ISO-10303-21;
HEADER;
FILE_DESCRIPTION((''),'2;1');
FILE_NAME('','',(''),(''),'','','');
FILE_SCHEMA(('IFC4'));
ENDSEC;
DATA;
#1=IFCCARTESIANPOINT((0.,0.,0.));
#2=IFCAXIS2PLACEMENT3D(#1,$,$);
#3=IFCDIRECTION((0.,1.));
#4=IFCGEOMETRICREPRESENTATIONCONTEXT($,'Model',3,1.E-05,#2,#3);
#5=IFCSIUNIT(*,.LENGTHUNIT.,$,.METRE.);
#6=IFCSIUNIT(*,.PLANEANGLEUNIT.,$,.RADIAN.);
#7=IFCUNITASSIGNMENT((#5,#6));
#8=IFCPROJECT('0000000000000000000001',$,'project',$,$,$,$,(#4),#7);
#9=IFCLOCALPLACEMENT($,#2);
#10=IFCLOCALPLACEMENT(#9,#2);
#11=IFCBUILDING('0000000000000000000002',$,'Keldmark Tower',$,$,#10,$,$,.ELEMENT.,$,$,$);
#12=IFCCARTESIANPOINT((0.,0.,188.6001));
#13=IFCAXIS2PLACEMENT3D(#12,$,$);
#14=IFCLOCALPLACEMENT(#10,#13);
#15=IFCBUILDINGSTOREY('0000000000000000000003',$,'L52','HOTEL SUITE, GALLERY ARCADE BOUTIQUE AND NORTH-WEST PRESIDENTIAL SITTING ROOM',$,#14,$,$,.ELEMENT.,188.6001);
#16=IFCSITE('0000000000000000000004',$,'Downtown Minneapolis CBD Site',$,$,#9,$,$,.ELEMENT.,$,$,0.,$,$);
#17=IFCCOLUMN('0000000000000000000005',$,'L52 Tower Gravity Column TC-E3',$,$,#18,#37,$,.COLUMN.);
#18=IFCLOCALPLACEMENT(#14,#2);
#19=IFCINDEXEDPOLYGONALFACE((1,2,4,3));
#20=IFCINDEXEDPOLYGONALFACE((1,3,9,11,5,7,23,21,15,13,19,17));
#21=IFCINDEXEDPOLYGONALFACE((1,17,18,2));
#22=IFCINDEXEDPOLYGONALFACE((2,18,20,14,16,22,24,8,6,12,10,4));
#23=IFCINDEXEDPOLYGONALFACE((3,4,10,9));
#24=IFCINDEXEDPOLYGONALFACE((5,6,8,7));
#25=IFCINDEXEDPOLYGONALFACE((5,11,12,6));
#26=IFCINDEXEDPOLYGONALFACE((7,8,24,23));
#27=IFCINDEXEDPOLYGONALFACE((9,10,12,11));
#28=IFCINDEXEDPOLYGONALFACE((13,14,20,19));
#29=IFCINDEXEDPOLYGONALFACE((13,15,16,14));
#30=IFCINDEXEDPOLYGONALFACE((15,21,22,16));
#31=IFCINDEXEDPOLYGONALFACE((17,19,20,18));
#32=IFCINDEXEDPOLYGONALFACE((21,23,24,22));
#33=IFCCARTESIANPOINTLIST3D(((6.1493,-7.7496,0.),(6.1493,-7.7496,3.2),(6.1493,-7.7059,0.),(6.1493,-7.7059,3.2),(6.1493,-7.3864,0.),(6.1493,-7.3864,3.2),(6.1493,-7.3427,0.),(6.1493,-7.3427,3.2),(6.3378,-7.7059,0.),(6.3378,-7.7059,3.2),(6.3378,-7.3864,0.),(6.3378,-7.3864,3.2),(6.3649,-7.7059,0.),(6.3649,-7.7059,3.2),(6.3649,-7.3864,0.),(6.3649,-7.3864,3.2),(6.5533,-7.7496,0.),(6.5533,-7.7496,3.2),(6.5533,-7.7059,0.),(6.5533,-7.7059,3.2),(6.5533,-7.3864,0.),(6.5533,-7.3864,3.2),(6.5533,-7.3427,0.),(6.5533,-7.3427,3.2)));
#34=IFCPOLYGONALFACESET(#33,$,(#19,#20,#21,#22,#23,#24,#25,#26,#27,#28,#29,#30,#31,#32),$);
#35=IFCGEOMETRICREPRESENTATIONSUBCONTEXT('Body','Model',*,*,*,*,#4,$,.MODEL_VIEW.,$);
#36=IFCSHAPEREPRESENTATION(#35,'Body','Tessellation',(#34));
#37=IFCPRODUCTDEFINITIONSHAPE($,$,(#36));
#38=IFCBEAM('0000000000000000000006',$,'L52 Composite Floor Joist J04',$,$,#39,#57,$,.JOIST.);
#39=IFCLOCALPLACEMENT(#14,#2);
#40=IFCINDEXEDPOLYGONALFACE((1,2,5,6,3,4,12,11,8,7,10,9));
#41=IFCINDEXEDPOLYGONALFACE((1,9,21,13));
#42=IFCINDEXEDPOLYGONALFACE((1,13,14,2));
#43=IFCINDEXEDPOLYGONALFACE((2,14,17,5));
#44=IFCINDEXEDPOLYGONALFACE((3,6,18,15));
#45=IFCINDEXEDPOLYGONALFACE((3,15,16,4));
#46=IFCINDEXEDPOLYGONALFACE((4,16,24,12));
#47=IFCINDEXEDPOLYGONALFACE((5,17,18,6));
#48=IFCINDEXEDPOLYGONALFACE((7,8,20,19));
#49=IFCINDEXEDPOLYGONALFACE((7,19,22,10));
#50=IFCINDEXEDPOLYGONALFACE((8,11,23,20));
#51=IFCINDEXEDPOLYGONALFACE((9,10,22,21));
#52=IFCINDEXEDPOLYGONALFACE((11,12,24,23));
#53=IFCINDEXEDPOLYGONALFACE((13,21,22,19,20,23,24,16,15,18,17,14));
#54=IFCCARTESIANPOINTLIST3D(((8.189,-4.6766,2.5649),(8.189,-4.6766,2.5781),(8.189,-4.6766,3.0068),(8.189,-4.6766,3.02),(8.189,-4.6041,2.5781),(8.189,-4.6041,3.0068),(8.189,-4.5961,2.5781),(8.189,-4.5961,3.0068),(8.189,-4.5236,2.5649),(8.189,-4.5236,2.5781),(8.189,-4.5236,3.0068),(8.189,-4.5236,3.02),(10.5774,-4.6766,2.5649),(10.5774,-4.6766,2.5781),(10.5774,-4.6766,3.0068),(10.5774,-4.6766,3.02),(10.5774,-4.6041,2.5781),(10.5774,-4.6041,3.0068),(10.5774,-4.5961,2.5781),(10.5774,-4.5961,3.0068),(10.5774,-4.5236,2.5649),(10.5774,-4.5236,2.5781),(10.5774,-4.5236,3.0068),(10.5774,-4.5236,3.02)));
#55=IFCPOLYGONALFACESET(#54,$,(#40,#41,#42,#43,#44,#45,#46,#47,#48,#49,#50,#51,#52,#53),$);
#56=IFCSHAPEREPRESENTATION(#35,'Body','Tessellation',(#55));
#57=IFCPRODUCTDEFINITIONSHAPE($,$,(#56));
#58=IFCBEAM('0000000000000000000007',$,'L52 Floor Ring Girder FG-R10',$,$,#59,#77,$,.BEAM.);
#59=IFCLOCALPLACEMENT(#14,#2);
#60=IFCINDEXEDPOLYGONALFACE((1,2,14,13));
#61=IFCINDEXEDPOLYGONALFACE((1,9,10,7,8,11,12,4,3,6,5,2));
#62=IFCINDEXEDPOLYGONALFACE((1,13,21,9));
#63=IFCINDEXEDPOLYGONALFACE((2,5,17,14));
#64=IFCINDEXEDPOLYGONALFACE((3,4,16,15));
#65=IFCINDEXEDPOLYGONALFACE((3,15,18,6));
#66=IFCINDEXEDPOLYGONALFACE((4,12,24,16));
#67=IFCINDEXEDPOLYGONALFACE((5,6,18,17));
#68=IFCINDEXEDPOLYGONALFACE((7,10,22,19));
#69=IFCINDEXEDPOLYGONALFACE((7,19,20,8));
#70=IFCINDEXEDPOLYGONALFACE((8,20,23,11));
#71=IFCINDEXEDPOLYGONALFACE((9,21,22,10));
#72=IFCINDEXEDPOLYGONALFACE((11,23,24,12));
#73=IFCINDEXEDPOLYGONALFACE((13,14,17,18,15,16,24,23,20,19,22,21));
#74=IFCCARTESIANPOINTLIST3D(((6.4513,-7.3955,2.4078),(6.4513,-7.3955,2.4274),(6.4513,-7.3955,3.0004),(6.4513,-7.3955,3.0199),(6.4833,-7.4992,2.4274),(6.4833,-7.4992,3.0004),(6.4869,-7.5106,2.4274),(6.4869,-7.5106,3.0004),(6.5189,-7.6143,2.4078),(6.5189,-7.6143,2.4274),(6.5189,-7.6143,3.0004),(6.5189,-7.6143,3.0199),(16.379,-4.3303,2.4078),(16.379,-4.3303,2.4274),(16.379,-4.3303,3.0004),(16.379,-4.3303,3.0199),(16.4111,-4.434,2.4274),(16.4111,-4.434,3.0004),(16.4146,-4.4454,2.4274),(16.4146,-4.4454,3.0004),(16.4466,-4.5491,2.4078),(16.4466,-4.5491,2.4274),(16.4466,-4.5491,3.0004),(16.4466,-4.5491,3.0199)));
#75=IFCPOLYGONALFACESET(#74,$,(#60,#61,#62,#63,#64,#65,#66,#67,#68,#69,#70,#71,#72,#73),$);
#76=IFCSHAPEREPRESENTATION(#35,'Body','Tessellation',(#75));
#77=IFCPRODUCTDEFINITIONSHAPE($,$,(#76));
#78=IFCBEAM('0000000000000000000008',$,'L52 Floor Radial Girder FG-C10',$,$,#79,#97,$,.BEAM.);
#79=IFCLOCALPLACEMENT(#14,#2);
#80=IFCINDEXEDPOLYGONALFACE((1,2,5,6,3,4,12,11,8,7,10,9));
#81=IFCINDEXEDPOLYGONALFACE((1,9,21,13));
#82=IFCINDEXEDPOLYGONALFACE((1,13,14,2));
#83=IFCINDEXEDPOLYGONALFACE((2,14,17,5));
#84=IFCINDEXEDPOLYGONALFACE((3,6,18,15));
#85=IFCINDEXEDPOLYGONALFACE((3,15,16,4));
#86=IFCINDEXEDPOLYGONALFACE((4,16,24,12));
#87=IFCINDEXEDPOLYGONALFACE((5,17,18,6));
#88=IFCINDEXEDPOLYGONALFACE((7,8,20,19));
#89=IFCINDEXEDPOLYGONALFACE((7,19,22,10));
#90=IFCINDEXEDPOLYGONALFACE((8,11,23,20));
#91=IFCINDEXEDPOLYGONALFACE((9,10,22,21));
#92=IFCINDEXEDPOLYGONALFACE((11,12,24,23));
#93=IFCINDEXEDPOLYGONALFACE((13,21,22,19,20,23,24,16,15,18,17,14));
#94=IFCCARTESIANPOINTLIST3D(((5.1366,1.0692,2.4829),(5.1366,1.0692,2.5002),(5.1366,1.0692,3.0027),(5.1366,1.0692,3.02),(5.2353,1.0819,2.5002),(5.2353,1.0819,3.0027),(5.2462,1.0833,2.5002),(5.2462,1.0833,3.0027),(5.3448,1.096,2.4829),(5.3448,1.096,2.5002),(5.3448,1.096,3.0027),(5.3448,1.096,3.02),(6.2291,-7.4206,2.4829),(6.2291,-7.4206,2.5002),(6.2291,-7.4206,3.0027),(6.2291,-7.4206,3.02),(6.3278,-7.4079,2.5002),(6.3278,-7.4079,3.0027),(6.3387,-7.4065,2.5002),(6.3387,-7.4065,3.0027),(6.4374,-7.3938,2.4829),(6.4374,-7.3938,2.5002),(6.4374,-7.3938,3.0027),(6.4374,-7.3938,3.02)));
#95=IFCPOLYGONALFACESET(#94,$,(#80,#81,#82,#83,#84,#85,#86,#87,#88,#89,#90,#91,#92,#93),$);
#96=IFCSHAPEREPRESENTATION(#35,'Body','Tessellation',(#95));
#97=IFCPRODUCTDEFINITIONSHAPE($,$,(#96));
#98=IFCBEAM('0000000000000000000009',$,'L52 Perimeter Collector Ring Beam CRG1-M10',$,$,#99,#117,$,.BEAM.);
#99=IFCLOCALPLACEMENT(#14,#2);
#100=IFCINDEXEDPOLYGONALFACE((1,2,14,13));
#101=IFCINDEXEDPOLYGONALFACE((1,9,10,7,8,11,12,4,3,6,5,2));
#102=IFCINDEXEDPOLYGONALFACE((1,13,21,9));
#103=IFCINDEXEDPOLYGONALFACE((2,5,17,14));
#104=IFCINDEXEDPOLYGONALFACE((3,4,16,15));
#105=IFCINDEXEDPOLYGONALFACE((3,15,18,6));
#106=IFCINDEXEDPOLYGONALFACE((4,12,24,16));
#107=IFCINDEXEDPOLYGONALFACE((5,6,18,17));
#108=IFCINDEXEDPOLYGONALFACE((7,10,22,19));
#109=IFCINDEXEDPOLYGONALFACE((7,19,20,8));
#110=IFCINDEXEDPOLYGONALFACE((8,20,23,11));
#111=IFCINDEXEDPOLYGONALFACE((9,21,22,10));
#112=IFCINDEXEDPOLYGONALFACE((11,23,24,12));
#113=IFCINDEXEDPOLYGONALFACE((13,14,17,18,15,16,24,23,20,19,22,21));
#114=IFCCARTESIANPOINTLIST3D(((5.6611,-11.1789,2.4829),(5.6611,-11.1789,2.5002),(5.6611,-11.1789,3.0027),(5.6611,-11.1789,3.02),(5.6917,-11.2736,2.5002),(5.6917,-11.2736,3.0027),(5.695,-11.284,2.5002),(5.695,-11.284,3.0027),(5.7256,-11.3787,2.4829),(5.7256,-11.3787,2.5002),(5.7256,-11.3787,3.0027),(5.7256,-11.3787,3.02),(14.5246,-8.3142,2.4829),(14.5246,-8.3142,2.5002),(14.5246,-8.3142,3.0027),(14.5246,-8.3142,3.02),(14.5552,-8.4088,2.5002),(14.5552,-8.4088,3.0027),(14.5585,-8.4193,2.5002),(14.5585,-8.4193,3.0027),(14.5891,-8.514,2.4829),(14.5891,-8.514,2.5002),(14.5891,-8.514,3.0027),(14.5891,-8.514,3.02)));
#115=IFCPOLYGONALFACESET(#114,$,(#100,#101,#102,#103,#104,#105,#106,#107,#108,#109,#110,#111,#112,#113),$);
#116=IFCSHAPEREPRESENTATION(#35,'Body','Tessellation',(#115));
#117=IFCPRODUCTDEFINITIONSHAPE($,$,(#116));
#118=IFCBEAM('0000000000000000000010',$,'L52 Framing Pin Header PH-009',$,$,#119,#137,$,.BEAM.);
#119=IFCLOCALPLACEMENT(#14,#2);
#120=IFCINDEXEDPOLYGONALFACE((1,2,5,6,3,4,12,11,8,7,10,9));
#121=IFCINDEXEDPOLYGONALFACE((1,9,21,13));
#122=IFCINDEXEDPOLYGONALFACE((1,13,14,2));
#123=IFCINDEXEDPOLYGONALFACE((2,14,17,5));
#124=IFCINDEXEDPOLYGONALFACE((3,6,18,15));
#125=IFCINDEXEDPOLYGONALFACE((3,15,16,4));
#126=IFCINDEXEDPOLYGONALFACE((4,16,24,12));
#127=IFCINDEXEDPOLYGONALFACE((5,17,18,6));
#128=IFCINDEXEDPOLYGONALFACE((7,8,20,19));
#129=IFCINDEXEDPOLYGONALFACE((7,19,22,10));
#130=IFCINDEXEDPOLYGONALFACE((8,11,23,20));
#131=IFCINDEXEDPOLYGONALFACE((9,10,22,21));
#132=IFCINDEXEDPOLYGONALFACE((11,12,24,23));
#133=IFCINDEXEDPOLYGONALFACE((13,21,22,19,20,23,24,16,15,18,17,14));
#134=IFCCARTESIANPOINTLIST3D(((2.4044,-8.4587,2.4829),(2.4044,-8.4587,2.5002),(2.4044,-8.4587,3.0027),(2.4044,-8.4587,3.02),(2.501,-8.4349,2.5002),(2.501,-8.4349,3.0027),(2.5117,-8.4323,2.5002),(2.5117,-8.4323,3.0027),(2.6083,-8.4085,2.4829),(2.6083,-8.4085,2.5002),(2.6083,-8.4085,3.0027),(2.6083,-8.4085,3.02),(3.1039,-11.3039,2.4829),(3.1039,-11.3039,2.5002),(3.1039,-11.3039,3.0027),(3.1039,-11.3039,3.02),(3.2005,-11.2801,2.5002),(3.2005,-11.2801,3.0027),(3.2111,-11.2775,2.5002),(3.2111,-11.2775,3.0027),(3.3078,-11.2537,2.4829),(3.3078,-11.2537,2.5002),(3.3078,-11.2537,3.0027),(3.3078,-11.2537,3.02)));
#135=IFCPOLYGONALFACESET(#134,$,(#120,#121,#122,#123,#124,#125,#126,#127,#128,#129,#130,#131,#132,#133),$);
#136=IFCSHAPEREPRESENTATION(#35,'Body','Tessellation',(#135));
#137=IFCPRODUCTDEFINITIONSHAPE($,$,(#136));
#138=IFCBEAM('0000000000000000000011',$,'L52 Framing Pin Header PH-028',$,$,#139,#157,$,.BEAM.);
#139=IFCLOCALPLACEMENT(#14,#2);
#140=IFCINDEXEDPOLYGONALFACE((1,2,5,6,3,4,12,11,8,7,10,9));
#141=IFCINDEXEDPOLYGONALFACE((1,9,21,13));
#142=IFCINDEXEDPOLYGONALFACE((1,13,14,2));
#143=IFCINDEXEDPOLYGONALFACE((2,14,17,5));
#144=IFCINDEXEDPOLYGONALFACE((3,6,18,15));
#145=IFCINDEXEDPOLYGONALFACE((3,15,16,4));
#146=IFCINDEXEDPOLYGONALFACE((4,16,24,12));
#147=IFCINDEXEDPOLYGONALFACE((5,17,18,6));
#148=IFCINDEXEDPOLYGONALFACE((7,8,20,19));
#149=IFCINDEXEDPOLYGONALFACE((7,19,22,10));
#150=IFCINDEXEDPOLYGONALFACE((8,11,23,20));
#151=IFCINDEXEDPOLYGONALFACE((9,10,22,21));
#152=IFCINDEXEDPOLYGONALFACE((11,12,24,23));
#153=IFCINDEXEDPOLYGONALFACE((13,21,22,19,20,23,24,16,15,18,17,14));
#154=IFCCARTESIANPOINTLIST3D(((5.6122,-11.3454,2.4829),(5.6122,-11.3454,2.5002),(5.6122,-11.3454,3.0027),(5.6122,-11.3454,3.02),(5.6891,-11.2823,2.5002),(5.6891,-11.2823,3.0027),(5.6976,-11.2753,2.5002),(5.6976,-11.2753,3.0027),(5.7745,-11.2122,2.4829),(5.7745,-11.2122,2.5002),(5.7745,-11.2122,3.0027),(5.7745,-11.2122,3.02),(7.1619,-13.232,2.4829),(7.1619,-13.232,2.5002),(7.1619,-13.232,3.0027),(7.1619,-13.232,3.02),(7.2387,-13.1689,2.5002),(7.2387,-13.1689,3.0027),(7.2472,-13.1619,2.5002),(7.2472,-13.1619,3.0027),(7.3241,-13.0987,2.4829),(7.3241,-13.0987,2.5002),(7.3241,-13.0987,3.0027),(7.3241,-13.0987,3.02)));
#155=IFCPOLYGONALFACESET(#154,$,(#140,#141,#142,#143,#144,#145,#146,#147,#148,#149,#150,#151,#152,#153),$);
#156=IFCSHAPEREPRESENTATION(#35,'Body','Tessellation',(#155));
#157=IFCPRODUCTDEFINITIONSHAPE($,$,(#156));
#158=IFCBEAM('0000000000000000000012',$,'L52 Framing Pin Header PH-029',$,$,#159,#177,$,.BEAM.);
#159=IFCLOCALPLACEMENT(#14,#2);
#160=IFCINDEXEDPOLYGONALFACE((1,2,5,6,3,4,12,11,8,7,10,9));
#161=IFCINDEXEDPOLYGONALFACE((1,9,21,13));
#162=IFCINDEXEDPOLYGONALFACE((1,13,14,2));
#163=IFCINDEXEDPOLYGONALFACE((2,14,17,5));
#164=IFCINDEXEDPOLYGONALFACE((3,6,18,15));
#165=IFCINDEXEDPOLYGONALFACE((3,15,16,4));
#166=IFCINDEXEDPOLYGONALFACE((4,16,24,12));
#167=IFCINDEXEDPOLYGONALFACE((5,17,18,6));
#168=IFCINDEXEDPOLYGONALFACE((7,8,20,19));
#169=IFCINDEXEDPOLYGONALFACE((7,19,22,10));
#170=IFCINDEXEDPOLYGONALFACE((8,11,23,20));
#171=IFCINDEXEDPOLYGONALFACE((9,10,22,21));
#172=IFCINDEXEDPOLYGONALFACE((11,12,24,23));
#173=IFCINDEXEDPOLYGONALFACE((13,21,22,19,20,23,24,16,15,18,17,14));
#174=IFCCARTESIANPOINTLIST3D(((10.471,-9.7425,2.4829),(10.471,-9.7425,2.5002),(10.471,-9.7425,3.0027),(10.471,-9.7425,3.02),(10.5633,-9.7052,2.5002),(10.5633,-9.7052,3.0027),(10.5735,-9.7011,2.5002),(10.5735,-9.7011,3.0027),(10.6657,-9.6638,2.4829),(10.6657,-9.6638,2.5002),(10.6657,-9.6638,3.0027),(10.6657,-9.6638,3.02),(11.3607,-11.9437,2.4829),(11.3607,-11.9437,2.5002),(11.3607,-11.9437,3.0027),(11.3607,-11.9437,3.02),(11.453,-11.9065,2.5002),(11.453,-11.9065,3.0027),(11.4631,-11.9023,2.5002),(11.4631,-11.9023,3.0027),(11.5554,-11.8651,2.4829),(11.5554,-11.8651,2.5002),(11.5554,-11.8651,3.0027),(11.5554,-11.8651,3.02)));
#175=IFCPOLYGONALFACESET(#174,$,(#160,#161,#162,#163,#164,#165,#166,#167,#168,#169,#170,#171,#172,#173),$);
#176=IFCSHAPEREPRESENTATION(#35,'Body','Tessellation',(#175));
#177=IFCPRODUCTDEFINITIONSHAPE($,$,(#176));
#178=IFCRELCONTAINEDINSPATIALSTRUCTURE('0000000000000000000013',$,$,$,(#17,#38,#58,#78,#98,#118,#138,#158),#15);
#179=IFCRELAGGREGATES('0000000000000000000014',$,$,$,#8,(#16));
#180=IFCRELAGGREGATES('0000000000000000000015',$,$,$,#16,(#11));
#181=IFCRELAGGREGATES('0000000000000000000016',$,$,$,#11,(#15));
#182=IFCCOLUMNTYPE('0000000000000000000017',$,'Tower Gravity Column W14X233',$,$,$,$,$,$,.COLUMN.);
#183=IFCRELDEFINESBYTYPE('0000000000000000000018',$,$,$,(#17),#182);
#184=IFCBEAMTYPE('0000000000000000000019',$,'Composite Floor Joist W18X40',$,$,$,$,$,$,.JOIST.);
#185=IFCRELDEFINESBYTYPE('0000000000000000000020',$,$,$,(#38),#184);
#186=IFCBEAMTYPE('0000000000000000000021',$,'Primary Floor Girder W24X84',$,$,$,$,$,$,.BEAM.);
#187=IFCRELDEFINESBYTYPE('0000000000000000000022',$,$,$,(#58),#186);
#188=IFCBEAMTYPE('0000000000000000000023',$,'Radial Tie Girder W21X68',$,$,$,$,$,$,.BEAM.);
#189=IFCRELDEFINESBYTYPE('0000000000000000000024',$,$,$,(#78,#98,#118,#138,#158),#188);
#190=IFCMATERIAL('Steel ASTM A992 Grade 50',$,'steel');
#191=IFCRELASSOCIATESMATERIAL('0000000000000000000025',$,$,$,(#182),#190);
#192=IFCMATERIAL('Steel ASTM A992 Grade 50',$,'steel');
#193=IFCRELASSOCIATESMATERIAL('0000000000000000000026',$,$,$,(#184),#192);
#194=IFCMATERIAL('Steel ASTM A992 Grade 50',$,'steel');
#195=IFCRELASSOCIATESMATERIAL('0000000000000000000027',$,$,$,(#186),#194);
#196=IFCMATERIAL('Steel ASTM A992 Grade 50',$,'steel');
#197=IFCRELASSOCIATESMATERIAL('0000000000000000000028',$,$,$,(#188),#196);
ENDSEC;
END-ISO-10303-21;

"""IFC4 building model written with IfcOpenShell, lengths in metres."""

from ifc_helpers import new_model, si_unit, direction, frame, origin, origin_2d, place, context, subcontext, project, spatial, i_section, extrude, material, material_profile, profile_set, type_object, element, save


model = new_model("IFC4")

# Units and contexts
model_context = context("Model", 3, precision=1e-05, world=origin(), true_north=direction((0.0, 1.0)))
body_context = subcontext(model_context, "Body", "Model", "MODEL_VIEW")
ifc_project = project(units=[si_unit("LENGTHUNIT", "METRE"), si_unit("PLANEANGLEUNIT", "RADIAN")], contexts=[model_context])

# Site, building, storey
site_placement = place(None, origin())
site = spatial("IfcSite", under=ifc_project, at=site_placement, Name="Downtown Minneapolis CBD Site", CompositionType="ELEMENT", RefElevation=0.0)
building_placement = place(site_placement, origin())
building = spatial("IfcBuilding", under=site, at=building_placement, Name="Keldmark Tower", CompositionType="ELEMENT")
storey_placement = place(building_placement, frame((0.0, 0.0, 188.6001)))
storey = spatial("IfcBuildingStorey", under=building, at=storey_placement, Name="L52", Description="HOTEL SUITE, GALLERY ARCADE BOUTIQUE AND NORTH-WEST PRESIDENTIAL SITTING ROOM", CompositionType="ELEMENT", Elevation=188.6001)

# Column
ifc_material_1 = material(Name="Steel ASTM A992 Grade 50", Category="steel")
ifc_material_profile_1 = material_profile(ifc_material_1, i_section(OverallWidth=0.4041, OverallDepth=0.407, WebThickness=0.0271, FlangeThickness=0.0437, at=origin_2d()), Name="W14X233")
ifc_profile_set_1 = profile_set([ifc_material_profile_1], Name="Steel ASTM A992 Grade 50")
column_type = type_object("IfcColumnType", Name="Tower Gravity Column W14X233", PredefinedType="COLUMN", material=ifc_profile_set_1)
column_placement = place(storey_placement, frame((6.3513, -7.5461, 0.0), z_axis=(0.0, 0.0, 1.0), x_axis=(1.0, 0.0, 0.0)))
element("IfcColumn", 1, at=column_placement, inside=storey, type_object=column_type, Name="L52 Tower Gravity Column TC-E3", PredefinedType="COLUMN", context=body_context, shape_type="SweptSolid", body=[
    extrude(i_section(OverallWidth=0.4041, OverallDepth=0.407, WebThickness=0.0271, FlangeThickness=0.0437, at=origin_2d()), origin(), (0.0, 0.0, 1.0), 3.2),
])

# Beams
ifc_material_2 = material(Name="Steel ASTM A992 Grade 50", Category="steel")
ifc_material_profile_2 = material_profile(ifc_material_2, i_section(OverallWidth=0.1531, OverallDepth=0.4551, WebThickness=0.0081, FlangeThickness=0.0132, at=origin_2d()), Name="W18X40")
ifc_profile_set_2 = profile_set([ifc_material_profile_2], Name="Steel ASTM A992 Grade 50")
beam_type_1 = type_object("IfcBeamType", Name="Composite Floor Joist W18X40", PredefinedType="JOIST", material=ifc_profile_set_2)
beam_1_placement = place(storey_placement, frame((8.189, -4.6001, 2.7925), z_axis=(1.0, 0.0, 0.0), x_axis=(0.0, 1.0, 0.0)))
element("IfcBeam", 2, at=beam_1_placement, inside=storey, type_object=beam_type_1, Name="L52 Composite Floor Joist J04", PredefinedType="JOIST", context=body_context, shape_type="SweptSolid", body=[
    extrude(i_section(OverallWidth=0.1531, OverallDepth=0.4551, WebThickness=0.0081, FlangeThickness=0.0132, at=origin_2d()), origin(), (0.0, 0.0, 1.0), 2.3884),
])
ifc_material_3 = material(Name="Steel ASTM A992 Grade 50", Category="steel")
ifc_material_profile_3 = material_profile(ifc_material_3, i_section(OverallWidth=0.229, OverallDepth=0.6121, WebThickness=0.012, FlangeThickness=0.0195, at=origin_2d()), Name="W24X84")
ifc_profile_set_3 = profile_set([ifc_material_profile_3], Name="Steel ASTM A992 Grade 50")
beam_type_2 = type_object("IfcBeamType", Name="Primary Floor Girder W24X84", PredefinedType="BEAM", material=ifc_profile_set_3)
beam_2_placement = place(storey_placement, frame((6.4851, -7.5049, 2.7139), z_axis=(0.955495, 0.295009, 0.0), x_axis=(-0.295009, 0.955495, 0.0)))
element("IfcBeam", 3, at=beam_2_placement, inside=storey, type_object=beam_type_2, Name="L52 Floor Ring Girder FG-R10", PredefinedType="BEAM", context=body_context, shape_type="SweptSolid", body=[
    extrude(i_section(OverallWidth=0.229, OverallDepth=0.6121, WebThickness=0.012, FlangeThickness=0.0195, at=origin_2d()), origin(), (0.0, 0.0, 1.0), 10.3901),
])
ifc_material_4 = material(Name="Steel ASTM A992 Grade 50", Category="steel")
ifc_material_profile_4 = material_profile(ifc_material_4, i_section(OverallWidth=0.21, OverallDepth=0.5371, WebThickness=0.011, FlangeThickness=0.0173, at=origin_2d()), Name="W21X68")
ifc_profile_set_4 = profile_set([ifc_material_profile_4], Name="Steel ASTM A992 Grade 50")
beam_type_3 = type_object("IfcBeamType", Name="Radial Tie Girder W21X68", PredefinedType="BEAM", material=ifc_profile_set_4)
beam_3_placement = place(storey_placement, frame((6.3333, -7.4072, 2.7515), z_axis=(-0.127636, 0.991821, 0.0), x_axis=(-0.991821, -0.127636, 0.0)))
element("IfcBeam", 4, at=beam_3_placement, inside=storey, type_object=beam_type_3, Name="L52 Floor Radial Girder FG-C10", PredefinedType="BEAM", context=body_context, shape_type="SweptSolid", body=[
    extrude(i_section(OverallWidth=0.21, OverallDepth=0.5371, WebThickness=0.011, FlangeThickness=0.0173, at=origin_2d()), origin(), (0.0, 0.0, 1.0), 8.5598),
])
beam_4_placement = place(storey_placement, frame((5.6934, -11.2788, 2.7515), z_axis=(0.951535, 0.307542, 0.0), x_axis=(-0.307542, 0.951535, 0.0)))
element("IfcBeam", 5, at=beam_4_placement, inside=storey, type_object=beam_type_3, Name="L52 Perimeter Collector Ring Beam CRG1-M10", PredefinedType="BEAM", context=body_context, shape_type="SweptSolid", body=[
    extrude(i_section(OverallWidth=0.21, OverallDepth=0.5371, WebThickness=0.011, FlangeThickness=0.0173, at=origin_2d()), origin(), (0.0, 0.0, 1.0), 9.3149),
])
beam_5_placement = place(storey_placement, frame((2.5063, -8.4336, 2.7515), z_axis=(0.23873, -0.971086, 0.0), x_axis=(0.971086, 0.23873, 0.0)))
element("IfcBeam", 6, at=beam_5_placement, inside=storey, type_object=beam_type_3, Name="L52 Framing Pin Header PH-009", PredefinedType="BEAM", context=body_context, shape_type="SweptSolid", body=[
    extrude(i_section(OverallWidth=0.21, OverallDepth=0.5371, WebThickness=0.011, FlangeThickness=0.0173, at=origin_2d()), origin(), (0.0, 0.0, 1.0), 2.9299),
])
beam_6_placement = place(storey_placement, frame((5.6934, -11.2788, 2.7515), z_axis=(0.634729, -0.772735, 0.0), x_axis=(0.772735, 0.634729, 0.0)))
element("IfcBeam", 7, at=beam_6_placement, inside=storey, type_object=beam_type_3, Name="L52 Framing Pin Header PH-028", PredefinedType="BEAM", context=body_context, shape_type="SweptSolid", body=[
    extrude(i_section(OverallWidth=0.21, OverallDepth=0.5371, WebThickness=0.011, FlangeThickness=0.0173, at=origin_2d()), origin(), (0.0, 0.0, 1.0), 2.4414),
])
beam_7_placement = place(storey_placement, frame((10.5684, -9.7031, 2.7515), z_axis=(0.374721, -0.927137, 0.0), x_axis=(0.927137, 0.374721, 0.0)))
element("IfcBeam", 8, at=beam_7_placement, inside=storey, type_object=beam_type_3, Name="L52 Framing Pin Header PH-029", PredefinedType="BEAM", context=body_context, shape_type="SweptSolid", body=[
    extrude(i_section(OverallWidth=0.21, OverallDepth=0.5371, WebThickness=0.011, FlangeThickness=0.0173, at=origin_2d()), origin(), (0.0, 0.0, 1.0), 2.3743),
])

save(model, "model.ifc")
